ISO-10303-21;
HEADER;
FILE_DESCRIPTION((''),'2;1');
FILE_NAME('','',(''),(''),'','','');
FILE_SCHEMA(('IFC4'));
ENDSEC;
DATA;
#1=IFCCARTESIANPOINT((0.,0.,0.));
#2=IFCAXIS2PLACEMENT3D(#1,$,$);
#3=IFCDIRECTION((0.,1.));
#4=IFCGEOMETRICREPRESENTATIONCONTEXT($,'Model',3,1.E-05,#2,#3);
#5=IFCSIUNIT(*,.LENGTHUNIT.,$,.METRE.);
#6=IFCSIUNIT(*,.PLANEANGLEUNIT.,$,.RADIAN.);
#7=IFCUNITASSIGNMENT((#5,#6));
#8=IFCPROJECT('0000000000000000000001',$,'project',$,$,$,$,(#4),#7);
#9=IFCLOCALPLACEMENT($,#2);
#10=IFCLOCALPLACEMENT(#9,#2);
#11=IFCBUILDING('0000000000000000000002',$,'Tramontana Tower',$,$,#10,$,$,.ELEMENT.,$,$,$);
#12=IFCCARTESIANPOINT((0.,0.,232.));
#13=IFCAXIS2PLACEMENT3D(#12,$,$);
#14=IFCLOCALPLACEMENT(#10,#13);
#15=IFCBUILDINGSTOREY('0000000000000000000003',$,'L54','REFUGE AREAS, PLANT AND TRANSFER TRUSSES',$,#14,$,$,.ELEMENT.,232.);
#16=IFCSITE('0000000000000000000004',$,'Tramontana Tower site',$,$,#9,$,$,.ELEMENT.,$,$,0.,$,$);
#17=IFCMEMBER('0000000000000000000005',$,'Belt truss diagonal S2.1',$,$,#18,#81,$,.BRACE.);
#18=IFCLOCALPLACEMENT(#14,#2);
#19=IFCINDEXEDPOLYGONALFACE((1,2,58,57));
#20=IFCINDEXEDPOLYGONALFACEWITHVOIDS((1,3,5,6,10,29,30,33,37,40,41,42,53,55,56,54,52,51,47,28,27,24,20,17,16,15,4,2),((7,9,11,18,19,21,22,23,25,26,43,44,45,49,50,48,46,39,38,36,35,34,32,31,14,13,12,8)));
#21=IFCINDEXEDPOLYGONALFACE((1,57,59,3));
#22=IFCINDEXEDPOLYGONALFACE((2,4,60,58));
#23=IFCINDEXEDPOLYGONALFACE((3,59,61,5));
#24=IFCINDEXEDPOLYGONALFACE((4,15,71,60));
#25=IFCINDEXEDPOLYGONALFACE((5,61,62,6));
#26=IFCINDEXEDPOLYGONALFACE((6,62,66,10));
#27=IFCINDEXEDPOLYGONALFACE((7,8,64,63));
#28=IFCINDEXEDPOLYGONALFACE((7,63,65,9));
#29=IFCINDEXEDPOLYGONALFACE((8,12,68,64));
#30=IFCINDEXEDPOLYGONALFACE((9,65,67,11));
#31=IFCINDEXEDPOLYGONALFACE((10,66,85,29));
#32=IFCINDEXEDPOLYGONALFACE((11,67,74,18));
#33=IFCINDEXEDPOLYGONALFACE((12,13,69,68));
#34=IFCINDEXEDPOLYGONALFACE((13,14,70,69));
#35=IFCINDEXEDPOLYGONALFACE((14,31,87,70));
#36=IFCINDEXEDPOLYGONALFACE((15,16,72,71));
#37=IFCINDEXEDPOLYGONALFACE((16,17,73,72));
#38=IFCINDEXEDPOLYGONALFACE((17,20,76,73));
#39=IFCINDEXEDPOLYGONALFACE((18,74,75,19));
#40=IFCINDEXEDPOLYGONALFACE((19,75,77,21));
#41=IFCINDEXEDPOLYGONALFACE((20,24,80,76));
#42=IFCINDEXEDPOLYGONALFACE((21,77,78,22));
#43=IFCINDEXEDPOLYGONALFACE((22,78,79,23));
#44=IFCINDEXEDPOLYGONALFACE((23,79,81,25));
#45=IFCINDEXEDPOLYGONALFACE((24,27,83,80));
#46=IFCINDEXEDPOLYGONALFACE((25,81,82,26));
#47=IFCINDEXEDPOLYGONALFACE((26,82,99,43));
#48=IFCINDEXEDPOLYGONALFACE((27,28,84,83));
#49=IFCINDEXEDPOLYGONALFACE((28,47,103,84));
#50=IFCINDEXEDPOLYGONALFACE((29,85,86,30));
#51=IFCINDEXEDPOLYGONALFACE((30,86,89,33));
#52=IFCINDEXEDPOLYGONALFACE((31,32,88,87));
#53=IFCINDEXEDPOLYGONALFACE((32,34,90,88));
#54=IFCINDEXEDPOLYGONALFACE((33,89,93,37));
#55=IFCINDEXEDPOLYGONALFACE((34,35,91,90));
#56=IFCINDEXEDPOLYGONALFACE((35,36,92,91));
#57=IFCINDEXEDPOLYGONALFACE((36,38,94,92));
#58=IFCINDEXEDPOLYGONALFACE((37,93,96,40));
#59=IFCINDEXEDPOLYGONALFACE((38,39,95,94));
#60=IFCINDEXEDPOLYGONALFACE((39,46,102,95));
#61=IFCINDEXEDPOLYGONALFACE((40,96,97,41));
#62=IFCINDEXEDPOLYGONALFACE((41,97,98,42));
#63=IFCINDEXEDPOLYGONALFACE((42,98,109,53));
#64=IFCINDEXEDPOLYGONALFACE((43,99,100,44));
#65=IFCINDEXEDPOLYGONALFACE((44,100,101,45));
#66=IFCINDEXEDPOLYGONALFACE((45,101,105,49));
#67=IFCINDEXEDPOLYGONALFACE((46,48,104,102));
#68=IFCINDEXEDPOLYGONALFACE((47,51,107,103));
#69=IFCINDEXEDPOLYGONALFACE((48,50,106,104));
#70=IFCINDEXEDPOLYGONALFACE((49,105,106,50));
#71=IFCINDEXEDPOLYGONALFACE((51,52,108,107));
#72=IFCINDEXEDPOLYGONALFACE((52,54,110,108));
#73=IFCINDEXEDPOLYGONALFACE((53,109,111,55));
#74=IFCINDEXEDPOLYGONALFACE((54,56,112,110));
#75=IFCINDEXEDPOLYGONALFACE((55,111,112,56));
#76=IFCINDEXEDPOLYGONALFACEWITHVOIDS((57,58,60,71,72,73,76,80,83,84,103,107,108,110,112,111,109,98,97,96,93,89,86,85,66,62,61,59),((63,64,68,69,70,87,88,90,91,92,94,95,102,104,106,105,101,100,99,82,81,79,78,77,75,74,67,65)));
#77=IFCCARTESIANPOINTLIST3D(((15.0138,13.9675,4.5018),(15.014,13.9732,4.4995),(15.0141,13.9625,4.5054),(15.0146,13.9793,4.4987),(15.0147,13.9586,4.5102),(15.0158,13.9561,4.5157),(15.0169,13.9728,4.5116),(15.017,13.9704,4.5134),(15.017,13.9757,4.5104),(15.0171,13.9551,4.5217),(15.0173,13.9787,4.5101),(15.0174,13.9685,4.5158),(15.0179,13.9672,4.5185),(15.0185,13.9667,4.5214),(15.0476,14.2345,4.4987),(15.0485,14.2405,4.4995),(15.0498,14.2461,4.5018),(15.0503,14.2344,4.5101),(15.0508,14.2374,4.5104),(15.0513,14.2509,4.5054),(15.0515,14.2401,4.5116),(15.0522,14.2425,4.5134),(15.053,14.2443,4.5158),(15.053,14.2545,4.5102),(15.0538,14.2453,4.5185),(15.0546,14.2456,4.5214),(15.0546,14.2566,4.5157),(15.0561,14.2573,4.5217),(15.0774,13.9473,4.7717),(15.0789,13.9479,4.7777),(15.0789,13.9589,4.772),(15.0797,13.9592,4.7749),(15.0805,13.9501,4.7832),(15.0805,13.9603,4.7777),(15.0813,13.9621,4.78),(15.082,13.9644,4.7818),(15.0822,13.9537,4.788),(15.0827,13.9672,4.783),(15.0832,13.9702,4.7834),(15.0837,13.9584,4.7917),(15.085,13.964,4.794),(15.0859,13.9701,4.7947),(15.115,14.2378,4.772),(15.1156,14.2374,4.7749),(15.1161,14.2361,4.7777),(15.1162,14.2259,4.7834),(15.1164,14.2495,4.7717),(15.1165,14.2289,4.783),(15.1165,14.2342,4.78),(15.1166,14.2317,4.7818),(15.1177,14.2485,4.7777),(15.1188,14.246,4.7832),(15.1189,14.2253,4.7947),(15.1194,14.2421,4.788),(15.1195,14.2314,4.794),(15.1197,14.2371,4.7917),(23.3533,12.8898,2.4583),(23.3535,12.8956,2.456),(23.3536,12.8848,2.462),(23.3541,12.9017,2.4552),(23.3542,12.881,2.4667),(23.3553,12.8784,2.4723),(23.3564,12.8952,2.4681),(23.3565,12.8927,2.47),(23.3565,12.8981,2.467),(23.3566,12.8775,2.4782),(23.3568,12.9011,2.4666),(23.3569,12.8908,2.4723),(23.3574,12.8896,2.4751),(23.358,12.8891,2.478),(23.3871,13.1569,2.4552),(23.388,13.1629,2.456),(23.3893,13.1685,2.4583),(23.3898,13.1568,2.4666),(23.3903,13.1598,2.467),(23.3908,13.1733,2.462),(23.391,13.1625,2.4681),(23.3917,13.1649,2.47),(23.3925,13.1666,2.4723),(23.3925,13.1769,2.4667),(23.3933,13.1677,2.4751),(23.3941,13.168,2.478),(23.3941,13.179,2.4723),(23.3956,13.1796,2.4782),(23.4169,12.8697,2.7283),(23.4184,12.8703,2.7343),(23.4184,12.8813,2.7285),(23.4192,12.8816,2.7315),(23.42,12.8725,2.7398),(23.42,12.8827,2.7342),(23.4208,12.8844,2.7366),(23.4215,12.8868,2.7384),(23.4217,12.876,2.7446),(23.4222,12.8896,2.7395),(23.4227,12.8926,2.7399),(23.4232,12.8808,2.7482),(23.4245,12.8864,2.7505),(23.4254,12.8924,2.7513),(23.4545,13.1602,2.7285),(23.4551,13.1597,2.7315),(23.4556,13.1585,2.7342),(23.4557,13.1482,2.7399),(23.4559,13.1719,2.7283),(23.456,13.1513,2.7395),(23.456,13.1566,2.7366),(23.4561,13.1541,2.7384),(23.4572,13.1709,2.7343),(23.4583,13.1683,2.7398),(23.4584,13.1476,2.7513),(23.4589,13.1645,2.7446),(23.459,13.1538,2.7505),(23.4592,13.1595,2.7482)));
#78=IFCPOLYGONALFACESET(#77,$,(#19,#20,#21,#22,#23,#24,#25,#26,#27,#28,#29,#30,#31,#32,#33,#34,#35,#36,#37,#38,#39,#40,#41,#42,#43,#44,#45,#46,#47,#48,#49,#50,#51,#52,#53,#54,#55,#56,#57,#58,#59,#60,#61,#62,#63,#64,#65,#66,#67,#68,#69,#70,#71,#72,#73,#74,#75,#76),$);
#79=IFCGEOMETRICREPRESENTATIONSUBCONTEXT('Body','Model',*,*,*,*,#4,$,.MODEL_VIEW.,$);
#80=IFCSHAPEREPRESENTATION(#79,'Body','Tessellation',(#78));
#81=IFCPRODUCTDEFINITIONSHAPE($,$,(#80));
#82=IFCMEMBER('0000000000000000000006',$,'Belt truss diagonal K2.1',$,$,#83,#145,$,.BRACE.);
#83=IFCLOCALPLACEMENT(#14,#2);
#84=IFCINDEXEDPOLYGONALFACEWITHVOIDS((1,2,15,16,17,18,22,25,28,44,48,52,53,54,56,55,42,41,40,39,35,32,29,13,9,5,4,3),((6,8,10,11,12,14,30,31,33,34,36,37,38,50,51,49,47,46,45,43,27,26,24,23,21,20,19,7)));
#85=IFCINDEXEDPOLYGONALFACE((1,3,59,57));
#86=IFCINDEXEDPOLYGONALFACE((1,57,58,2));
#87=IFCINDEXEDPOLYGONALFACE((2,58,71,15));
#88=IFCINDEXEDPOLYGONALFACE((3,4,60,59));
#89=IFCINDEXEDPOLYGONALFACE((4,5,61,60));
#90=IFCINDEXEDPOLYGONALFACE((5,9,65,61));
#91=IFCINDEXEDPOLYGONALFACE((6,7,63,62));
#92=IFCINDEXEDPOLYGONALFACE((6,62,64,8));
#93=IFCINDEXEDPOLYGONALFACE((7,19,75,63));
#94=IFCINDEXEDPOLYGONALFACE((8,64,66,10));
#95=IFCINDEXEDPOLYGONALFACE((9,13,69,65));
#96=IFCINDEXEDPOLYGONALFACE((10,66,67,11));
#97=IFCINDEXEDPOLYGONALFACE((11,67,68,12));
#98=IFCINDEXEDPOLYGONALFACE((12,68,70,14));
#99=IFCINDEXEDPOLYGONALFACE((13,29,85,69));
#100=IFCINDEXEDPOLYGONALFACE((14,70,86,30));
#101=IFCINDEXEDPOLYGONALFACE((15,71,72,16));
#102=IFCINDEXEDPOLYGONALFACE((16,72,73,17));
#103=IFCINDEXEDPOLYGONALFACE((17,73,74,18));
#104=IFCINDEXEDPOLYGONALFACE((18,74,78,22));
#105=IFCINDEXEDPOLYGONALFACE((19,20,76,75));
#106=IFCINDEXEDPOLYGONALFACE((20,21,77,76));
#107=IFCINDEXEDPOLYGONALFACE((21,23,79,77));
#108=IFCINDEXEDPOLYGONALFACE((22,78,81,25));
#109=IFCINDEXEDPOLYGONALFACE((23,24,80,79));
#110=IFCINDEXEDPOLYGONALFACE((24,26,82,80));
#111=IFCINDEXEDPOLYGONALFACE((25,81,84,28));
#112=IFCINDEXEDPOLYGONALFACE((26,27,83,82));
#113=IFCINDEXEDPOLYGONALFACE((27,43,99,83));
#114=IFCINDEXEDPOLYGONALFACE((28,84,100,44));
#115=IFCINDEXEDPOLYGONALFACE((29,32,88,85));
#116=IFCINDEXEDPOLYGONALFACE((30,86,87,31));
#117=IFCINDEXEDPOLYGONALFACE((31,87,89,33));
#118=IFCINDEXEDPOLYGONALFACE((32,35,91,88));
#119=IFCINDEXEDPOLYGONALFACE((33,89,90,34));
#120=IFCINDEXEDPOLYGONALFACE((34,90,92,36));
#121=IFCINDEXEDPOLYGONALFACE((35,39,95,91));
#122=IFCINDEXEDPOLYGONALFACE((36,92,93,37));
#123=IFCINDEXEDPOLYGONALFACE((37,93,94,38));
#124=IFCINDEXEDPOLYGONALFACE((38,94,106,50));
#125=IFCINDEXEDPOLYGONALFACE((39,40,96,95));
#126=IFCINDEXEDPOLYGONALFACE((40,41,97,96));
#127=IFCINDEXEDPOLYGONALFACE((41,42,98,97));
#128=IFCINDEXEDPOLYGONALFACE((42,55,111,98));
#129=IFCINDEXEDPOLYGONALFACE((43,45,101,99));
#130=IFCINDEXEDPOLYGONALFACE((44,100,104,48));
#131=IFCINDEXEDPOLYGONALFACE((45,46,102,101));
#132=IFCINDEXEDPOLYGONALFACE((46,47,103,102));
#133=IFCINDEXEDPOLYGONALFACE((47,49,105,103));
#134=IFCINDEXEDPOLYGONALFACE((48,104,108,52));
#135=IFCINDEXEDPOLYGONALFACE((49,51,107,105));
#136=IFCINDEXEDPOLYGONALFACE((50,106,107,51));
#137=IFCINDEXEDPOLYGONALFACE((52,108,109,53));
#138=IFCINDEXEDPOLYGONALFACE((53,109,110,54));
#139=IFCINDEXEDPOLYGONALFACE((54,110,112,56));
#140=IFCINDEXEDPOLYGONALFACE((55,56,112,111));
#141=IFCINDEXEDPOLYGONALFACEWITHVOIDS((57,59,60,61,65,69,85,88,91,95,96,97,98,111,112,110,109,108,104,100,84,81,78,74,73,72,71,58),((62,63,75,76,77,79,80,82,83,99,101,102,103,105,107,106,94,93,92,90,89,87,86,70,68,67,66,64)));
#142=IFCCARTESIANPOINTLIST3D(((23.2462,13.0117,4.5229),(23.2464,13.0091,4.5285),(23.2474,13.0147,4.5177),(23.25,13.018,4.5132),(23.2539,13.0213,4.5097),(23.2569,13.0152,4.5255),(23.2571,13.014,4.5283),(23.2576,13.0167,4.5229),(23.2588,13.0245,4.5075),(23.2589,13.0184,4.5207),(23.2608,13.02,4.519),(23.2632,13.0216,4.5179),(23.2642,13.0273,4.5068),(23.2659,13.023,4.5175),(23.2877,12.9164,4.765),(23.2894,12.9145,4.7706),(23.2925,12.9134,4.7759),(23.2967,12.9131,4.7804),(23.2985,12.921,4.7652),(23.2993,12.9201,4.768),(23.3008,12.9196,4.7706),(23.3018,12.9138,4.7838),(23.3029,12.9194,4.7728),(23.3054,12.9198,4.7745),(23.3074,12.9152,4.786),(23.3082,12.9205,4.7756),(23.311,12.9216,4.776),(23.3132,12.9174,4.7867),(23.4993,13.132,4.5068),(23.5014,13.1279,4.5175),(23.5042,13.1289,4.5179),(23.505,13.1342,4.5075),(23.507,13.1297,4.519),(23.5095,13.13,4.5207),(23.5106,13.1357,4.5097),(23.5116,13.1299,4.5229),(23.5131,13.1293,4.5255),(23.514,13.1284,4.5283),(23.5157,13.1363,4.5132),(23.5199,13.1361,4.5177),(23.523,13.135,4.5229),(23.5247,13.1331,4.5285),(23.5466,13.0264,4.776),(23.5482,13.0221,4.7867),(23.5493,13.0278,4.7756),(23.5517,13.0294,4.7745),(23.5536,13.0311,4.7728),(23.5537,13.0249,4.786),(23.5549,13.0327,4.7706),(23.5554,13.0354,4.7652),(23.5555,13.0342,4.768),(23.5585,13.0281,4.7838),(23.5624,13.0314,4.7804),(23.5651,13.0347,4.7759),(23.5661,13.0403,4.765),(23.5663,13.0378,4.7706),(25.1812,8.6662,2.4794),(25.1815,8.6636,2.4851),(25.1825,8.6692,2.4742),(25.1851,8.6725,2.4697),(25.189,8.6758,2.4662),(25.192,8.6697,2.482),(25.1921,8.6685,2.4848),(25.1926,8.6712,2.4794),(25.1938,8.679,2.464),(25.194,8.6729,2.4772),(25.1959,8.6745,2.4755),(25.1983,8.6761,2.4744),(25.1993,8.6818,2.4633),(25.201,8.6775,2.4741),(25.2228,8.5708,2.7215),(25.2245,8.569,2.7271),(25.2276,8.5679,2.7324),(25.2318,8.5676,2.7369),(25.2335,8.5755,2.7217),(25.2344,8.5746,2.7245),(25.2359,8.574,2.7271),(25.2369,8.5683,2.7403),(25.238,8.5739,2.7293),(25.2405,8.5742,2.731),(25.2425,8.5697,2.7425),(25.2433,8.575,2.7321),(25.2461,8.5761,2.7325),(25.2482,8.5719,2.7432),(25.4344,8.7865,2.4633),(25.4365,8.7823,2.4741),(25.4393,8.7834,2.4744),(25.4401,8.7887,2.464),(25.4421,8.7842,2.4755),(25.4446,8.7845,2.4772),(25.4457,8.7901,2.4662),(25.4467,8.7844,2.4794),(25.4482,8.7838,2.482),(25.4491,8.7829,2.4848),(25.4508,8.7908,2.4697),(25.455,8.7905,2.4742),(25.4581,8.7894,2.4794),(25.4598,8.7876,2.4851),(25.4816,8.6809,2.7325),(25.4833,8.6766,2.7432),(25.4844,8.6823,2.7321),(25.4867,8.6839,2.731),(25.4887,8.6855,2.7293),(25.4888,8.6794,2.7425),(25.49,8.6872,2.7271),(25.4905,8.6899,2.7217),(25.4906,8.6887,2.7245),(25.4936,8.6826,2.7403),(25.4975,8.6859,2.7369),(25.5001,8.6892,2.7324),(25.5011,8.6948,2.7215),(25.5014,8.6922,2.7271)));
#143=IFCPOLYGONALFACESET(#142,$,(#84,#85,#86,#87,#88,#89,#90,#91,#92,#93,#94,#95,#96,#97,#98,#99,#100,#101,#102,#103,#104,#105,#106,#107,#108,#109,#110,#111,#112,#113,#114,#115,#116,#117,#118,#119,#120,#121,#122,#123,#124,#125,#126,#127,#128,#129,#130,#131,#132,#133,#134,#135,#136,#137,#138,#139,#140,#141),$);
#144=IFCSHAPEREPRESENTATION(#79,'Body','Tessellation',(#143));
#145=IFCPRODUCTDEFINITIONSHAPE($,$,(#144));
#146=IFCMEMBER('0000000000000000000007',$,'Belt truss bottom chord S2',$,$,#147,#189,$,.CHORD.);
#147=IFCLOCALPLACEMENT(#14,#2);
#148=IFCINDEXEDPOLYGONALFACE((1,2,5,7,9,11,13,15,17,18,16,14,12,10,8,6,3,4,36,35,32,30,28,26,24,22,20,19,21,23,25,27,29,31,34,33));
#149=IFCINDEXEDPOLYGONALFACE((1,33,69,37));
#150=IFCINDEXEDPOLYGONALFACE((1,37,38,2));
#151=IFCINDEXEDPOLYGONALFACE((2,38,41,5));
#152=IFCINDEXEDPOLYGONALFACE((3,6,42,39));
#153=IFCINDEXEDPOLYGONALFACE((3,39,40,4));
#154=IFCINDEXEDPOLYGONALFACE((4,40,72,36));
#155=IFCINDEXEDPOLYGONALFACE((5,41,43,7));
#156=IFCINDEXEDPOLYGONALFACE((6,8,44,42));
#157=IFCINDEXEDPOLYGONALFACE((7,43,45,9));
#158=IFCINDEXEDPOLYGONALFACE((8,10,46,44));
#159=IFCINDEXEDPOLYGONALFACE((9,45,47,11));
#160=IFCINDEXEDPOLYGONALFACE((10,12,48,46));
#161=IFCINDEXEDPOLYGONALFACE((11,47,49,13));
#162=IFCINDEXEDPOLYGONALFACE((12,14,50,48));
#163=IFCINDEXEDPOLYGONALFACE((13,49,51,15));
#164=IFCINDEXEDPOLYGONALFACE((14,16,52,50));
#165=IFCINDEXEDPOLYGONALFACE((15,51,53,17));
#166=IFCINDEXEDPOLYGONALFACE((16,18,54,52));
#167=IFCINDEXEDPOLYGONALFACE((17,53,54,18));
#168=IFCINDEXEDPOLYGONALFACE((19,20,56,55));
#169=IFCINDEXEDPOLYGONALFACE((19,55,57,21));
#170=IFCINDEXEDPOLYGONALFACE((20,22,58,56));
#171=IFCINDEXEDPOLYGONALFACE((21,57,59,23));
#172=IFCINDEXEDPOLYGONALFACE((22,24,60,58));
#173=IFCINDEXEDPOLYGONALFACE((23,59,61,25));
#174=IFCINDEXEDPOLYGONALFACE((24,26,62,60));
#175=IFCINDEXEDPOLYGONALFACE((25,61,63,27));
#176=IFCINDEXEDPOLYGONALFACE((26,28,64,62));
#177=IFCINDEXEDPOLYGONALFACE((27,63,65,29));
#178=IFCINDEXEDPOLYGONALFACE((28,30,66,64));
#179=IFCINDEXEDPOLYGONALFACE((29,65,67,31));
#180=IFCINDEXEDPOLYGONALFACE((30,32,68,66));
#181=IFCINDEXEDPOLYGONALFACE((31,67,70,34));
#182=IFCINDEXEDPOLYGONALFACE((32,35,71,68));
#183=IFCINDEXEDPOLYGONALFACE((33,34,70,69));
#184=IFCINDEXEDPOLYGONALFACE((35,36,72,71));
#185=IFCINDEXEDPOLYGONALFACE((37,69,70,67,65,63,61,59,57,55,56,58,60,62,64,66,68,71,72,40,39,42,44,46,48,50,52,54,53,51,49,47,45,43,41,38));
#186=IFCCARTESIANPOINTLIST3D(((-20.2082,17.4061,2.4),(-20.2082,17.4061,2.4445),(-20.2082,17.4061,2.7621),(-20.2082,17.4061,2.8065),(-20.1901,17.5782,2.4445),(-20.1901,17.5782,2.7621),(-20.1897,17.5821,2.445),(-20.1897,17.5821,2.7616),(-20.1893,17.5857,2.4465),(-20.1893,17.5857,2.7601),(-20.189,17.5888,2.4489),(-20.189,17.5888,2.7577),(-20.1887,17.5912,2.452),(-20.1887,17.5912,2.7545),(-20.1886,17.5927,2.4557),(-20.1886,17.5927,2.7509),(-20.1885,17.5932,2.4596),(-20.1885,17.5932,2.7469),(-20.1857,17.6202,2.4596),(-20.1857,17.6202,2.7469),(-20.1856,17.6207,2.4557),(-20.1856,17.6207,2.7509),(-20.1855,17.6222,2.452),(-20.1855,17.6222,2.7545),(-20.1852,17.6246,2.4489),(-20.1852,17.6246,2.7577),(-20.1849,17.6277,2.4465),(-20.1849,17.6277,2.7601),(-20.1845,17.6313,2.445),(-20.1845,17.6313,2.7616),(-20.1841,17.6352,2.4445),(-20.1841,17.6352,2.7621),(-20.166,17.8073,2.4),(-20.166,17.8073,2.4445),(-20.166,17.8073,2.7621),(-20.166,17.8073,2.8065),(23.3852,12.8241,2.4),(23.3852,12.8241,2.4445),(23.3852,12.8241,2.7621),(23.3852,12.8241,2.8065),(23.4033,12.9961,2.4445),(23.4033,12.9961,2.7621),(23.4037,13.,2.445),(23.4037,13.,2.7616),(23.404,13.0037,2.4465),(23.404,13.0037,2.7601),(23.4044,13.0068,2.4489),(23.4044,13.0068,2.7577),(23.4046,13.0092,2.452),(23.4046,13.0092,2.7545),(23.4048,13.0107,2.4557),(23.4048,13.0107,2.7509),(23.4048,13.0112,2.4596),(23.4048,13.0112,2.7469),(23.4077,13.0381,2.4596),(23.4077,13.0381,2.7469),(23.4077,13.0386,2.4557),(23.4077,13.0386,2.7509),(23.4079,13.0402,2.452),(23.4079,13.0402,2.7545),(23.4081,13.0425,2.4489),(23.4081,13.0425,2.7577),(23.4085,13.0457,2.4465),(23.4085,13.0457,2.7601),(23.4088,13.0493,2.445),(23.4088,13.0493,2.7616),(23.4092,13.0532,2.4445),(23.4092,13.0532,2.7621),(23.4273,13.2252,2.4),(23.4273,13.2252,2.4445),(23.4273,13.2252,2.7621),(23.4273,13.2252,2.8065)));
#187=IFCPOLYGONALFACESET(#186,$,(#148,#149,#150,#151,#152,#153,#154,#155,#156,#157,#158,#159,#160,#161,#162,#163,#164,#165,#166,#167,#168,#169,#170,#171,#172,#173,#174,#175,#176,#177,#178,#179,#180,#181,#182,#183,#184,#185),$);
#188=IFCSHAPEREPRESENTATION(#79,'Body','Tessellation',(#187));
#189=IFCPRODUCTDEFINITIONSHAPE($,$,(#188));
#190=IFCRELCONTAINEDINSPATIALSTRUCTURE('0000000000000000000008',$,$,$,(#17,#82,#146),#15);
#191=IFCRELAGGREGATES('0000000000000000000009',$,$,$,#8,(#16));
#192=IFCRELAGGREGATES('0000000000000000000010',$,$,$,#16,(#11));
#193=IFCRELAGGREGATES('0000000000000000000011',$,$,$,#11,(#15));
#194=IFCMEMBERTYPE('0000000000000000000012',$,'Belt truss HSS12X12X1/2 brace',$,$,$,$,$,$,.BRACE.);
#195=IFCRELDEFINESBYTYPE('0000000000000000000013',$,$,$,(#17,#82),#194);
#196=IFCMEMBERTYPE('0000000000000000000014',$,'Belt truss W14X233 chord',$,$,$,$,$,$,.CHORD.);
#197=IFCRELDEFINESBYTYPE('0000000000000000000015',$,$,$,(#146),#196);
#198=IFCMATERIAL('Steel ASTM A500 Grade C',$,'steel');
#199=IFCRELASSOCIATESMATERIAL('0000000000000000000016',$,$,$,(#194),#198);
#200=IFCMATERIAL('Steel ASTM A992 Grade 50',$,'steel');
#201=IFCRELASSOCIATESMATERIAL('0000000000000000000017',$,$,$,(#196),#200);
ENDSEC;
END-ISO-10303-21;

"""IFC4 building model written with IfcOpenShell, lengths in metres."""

from ifc_helpers import new_model, si_unit, direction, frame, origin, origin_2d, place, context, subcontext, project, spatial, hollow_rectangle, i_section, extrude, material, material_profile, profile_set, type_object, element, save


model = new_model("IFC4")

# Units and contexts
model_context = context("Model", 3, precision=1e-05, world=origin(), true_north=direction((0.0, 1.0)))
body_context = subcontext(model_context, "Body", "Model", "MODEL_VIEW")
ifc_project = project(units=[si_unit("LENGTHUNIT", "METRE"), si_unit("PLANEANGLEUNIT", "RADIAN")], contexts=[model_context])

# Site, building, storey
site_placement = place(None, origin())
site = spatial("IfcSite", under=ifc_project, at=site_placement, Name="Tramontana Tower site", CompositionType="ELEMENT", RefElevation=0.0)
building_placement = place(site_placement, origin())
building = spatial("IfcBuilding", under=site, at=building_placement, Name="Tramontana Tower", CompositionType="ELEMENT")
storey_placement = place(building_placement, frame((0.0, 0.0, 232.0)))
storey = spatial("IfcBuildingStorey", under=building, at=storey_placement, Name="L54", Description="REFUGE AREAS, PLANT AND TRANSFER TRUSSES", CompositionType="ELEMENT", Elevation=232.0)

# Members
ifc_material_1 = material(Name="Steel ASTM A500 Grade C", Category="steel")
ifc_material_profile_1 = material_profile(ifc_material_1, hollow_rectangle(XDim=0.3047, YDim=0.3047, WallThickness=0.0117, InnerFilletRadius=0.0117, OuterFilletRadius=0.0237, at=origin_2d()), Name="HSS12X12X1/2")
ifc_profile_set_1 = profile_set([ifc_material_profile_1], Name="Steel ASTM A500 Grade C")
member_type_1 = type_object("IfcMemberType", Name="Belt truss HSS12X12X1/2 brace", PredefinedType="BRACE", material=ifc_profile_set_1)
member_1_placement = place(storey_placement, frame((23.4062, 13.0247, 2.6033), z_axis=(-0.963707, 0.124529, 0.236138), x_axis=(-0.128154, -0.991754, 0.0)))
element("IfcMember", 1, at=member_1_placement, inside=storey, type_object=member_type_1, Name="Belt truss diagonal S2.1", PredefinedType="BRACE", context=body_context, shape_type="SweptSolid", body=[
    extrude(hollow_rectangle(XDim=0.3047, YDim=0.3047, WallThickness=0.0117, InnerFilletRadius=0.0117, OuterFilletRadius=0.0237, at=origin_2d()), origin(), (0.0, 0.0, 1.0), 8.6536),
])
member_2_placement = place(storey_placement, frame((25.3413, 8.6792, 2.6033), z_axis=(-0.373767, 0.839349, 0.394705), x_axis=(-0.913519, -0.406796, 0.0)))
element("IfcMember", 2, at=member_2_placement, inside=storey, type_object=member_type_1, Name="Belt truss diagonal K2.1", PredefinedType="BRACE", context=body_context, shape_type="SweptSolid", body=[
    extrude(hollow_rectangle(XDim=0.3047, YDim=0.3047, WallThickness=0.0117, InnerFilletRadius=0.0117, OuterFilletRadius=0.0237, at=origin_2d()), origin(), (0.0, 0.0, 1.0), 5.1772),
])
ifc_material_2 = material(Name="Steel ASTM A992 Grade 50", Category="steel")
ifc_material_profile_2 = material_profile(ifc_material_2, i_section(OverallWidth=0.4033, OverallDepth=0.4065, WebThickness=0.0271, FlangeThickness=0.0444, FilletRadius=0.0151, at=origin_2d()), Name="W14X233")
ifc_profile_set_2 = profile_set([ifc_material_profile_2], Name="Steel ASTM A992 Grade 50")
member_type_2 = type_object("IfcMemberType", Name="Belt truss W14X233 chord", PredefinedType="CHORD", material=ifc_profile_set_2)
for number, where, z_axis, x_axis, name in (
    (3, (23.4062, 13.0247, 2.6033), (-0.994521, 0.104533, 0.0), (-0.104533, -0.994521, 0.0), "Belt truss bottom chord S2"),
):
    element("IfcMember", number, at=place(storey_placement, frame(where, z_axis=z_axis, x_axis=x_axis)), inside=storey, type_object=member_type_2, Name=name, PredefinedType="CHORD", context=body_context, shape_type="SweptSolid", body=[
        extrude(i_section(OverallWidth=0.4033, OverallDepth=0.4065, WebThickness=0.0271, FlangeThickness=0.0444, FilletRadius=0.0151, at=origin_2d()), origin(), (0.0, 0.0, 1.0), 43.8335),
    ])

save(model, "model.ifc")
